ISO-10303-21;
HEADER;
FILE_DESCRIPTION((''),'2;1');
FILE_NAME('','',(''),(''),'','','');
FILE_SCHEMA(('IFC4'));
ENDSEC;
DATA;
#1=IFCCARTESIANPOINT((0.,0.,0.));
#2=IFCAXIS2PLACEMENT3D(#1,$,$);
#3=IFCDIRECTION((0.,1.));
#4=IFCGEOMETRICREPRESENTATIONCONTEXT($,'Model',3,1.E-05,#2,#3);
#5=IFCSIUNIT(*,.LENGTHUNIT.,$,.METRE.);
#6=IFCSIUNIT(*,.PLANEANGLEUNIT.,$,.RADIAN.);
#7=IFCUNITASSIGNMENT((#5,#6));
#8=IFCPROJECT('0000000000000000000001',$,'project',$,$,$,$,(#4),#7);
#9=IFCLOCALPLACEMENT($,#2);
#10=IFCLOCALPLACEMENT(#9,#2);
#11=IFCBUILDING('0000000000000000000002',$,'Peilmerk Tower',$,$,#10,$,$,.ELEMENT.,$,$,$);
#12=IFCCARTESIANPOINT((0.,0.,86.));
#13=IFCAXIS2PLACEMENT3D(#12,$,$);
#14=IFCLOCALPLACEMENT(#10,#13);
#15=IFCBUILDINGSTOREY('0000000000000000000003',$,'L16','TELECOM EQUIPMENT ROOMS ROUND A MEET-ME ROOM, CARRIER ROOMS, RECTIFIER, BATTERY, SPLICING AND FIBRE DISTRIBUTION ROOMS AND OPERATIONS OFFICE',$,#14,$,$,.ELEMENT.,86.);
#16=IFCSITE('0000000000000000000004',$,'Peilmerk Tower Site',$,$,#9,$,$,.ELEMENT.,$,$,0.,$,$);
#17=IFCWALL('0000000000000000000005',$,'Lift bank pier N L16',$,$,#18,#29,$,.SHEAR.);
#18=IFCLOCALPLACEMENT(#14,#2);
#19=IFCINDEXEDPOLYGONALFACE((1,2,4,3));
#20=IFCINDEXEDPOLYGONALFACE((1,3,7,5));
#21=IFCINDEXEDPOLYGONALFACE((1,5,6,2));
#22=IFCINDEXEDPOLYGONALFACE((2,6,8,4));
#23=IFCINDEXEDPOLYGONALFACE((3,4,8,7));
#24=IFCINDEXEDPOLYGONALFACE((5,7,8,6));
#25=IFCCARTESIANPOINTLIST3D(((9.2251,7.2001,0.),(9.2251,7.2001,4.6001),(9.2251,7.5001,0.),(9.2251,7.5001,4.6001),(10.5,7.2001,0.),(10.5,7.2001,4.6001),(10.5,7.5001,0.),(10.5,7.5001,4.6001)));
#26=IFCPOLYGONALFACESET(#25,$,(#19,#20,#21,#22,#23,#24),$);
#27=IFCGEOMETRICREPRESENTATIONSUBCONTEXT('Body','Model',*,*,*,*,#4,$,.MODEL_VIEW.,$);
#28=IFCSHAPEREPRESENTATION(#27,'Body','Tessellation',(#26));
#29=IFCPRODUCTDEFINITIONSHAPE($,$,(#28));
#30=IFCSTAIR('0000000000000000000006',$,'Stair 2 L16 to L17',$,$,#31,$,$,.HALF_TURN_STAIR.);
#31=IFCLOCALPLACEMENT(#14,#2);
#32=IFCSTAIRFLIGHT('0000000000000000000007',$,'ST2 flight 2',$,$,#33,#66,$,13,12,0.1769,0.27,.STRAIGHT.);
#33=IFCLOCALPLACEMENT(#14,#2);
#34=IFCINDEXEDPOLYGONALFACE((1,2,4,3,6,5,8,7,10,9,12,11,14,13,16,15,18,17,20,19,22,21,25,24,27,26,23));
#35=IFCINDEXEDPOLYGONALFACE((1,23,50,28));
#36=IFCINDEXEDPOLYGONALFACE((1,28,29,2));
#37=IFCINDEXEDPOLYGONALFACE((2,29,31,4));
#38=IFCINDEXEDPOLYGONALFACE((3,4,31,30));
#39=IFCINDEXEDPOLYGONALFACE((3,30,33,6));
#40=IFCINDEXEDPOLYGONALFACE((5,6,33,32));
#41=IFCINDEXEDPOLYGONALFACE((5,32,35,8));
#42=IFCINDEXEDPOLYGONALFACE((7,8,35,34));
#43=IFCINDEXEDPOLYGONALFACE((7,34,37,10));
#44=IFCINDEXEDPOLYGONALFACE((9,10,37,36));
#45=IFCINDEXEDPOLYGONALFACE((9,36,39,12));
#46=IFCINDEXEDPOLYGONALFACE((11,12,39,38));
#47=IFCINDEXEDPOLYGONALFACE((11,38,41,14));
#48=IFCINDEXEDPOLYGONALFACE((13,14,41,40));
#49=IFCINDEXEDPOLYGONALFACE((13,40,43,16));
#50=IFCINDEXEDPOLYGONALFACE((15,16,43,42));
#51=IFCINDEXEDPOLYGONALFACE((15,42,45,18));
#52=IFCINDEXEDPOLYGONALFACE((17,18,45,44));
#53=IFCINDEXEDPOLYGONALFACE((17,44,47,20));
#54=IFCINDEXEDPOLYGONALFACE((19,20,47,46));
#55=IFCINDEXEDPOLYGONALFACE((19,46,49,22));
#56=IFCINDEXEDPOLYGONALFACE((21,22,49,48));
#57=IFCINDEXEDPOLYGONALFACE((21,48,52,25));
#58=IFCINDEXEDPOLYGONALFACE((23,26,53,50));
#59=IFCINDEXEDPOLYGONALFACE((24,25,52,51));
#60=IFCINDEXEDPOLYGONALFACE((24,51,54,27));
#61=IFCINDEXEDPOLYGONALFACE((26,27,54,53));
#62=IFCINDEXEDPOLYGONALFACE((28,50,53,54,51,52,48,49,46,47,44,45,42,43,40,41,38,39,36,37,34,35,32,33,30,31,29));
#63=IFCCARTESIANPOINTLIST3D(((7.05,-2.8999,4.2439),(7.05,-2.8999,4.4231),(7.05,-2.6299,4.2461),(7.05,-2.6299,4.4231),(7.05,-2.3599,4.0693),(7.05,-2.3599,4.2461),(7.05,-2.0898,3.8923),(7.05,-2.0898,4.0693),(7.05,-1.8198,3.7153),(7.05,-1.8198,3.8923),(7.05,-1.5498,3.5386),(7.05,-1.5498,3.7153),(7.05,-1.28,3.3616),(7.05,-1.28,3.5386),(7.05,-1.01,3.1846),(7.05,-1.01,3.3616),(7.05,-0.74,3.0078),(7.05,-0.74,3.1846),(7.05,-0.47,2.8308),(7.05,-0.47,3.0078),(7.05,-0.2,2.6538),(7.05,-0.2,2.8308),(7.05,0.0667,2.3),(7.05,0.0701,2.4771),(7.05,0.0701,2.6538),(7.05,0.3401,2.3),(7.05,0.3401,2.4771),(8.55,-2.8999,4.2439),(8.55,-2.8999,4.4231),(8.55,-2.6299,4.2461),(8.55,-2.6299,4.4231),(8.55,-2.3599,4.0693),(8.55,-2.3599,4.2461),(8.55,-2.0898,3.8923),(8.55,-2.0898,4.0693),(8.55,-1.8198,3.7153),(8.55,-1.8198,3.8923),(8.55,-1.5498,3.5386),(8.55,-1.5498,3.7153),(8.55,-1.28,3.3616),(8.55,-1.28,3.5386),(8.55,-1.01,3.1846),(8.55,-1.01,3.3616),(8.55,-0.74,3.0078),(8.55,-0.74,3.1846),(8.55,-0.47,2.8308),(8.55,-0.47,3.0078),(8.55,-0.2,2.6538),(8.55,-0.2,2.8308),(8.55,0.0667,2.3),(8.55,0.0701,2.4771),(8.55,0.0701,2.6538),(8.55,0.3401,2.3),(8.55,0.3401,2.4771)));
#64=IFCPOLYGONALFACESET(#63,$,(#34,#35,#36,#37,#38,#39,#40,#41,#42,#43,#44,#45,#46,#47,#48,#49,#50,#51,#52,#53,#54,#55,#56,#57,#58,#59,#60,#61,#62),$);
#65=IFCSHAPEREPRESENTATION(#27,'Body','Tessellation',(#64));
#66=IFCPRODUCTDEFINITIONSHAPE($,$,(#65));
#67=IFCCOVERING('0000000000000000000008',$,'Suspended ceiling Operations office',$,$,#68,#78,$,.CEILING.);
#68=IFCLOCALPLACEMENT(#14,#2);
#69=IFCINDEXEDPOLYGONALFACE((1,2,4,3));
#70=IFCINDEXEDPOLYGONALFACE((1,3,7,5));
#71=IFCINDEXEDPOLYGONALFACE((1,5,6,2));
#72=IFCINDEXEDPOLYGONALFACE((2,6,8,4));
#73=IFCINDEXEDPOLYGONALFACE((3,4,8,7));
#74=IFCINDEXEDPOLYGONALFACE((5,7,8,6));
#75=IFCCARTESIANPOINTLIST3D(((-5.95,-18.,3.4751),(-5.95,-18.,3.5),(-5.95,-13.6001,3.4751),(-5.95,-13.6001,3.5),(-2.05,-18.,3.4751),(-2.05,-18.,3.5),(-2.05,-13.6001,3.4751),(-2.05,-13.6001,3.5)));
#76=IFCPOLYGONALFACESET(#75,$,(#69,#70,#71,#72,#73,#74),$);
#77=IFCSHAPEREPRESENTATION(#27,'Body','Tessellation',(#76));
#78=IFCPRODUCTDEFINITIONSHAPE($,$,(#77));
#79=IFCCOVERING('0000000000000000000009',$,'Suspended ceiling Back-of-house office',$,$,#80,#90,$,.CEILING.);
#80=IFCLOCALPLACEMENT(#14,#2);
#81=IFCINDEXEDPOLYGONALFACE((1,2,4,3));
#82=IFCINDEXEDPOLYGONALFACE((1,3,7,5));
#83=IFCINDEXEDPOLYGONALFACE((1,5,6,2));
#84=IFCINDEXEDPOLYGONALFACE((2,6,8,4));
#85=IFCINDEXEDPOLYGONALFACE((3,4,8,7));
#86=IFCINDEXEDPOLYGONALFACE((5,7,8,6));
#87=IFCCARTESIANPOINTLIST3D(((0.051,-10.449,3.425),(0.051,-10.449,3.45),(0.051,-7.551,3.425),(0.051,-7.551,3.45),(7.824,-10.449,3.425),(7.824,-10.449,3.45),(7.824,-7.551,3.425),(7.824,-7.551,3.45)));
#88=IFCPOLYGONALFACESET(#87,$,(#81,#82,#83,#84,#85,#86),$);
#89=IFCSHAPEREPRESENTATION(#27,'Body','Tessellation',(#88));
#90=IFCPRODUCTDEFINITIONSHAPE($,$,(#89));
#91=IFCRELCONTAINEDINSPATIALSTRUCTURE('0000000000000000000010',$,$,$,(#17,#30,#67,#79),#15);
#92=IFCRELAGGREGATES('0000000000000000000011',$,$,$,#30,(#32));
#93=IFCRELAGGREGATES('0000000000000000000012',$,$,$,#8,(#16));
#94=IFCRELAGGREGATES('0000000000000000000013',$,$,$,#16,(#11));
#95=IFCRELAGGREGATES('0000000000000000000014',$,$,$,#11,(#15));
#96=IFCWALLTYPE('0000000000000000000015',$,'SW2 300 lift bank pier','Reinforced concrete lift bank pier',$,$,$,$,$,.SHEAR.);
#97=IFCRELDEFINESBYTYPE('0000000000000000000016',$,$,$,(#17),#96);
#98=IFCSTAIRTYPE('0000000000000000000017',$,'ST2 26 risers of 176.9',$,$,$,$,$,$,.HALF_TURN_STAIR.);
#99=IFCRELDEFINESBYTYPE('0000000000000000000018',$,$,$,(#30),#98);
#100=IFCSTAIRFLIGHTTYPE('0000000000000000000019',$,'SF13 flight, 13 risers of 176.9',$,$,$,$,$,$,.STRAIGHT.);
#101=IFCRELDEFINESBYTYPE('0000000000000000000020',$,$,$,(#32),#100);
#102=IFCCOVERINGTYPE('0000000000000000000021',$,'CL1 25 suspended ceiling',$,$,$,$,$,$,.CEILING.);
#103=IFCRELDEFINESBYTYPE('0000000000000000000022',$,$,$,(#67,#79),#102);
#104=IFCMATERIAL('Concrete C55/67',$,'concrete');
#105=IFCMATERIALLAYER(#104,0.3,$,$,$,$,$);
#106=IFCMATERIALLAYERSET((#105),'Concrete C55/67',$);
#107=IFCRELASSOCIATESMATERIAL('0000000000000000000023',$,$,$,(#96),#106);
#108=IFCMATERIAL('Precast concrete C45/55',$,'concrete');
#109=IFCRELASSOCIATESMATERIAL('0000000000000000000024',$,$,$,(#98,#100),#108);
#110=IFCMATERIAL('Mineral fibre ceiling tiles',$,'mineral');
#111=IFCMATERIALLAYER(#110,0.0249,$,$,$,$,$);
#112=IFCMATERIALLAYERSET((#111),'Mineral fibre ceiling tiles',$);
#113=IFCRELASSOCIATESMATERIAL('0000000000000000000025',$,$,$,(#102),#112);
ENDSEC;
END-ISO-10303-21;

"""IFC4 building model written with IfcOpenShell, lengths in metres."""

from ifc_helpers import new_model, si_unit, direction, frame, frame_2d, origin, place, context, subcontext, project, spatial, polyline, rectangle, outline, extrude, material, layer, layer_set, type_object, element, aggregate, save


model = new_model("IFC4")

# Units and contexts
model_context = context("Model", 3, precision=1e-05, world=origin(), true_north=direction((0.0, 1.0)))
body_context = subcontext(model_context, "Body", "Model", "MODEL_VIEW")
ifc_project = project(units=[si_unit("LENGTHUNIT", "METRE"), si_unit("PLANEANGLEUNIT", "RADIAN")], contexts=[model_context])

# Site, building, storey
site_placement = place(None, origin())
site = spatial("IfcSite", under=ifc_project, at=site_placement, Name="Peilmerk Tower Site", CompositionType="ELEMENT", RefElevation=0.0)
building_placement = place(site_placement, origin())
building = spatial("IfcBuilding", under=site, at=building_placement, Name="Peilmerk Tower", CompositionType="ELEMENT")
storey_placement = place(building_placement, frame((0.0, 0.0, 86.0)))
storey = spatial("IfcBuildingStorey", under=building, at=storey_placement, Name="L16", Description="TELECOM EQUIPMENT ROOMS ROUND A MEET-ME ROOM, CARRIER ROOMS, RECTIFIER, BATTERY, SPLICING AND FIBRE DISTRIBUTION ROOMS AND OPERATIONS OFFICE", CompositionType="ELEMENT", Elevation=86.0)

# Wall
ifc_material_1 = material(Name="Concrete C55/67", Category="concrete")
ifc_layer_1 = layer(ifc_material_1, 0.3)
ifc_layer_set_1 = layer_set([ifc_layer_1], Name="Concrete C55/67")
wall_type_1 = type_object("IfcWallType", Name="SW2 300 lift bank pier", Description="Reinforced concrete lift bank pier", PredefinedType="SHEAR", material=ifc_layer_set_1)
wall_1_placement = place(storey_placement, frame((9.2251, 7.3501, 0.0), z_axis=(0.0, 0.0, 1.0), x_axis=(1.0, 0.0, 0.0)))
element("IfcWall", 1, at=wall_1_placement, inside=storey, type_object=wall_type_1, Name="Lift bank pier N L16", PredefinedType="SHEAR", context=body_context, shape_type="SweptSolid", body=[
    extrude(rectangle(XDim=1.2749, YDim=0.3, at=frame_2d((0.6375, 0.0))), origin(), (0.0, 0.0, 1.0), 4.6001),
])

# Stair, stair flight
ifc_material_2 = material(Name="Precast concrete C45/55", Category="concrete")
stair_type = type_object("IfcStairType", Name="ST2 26 risers of 176.9", PredefinedType="HALF_TURN_STAIR", material=ifc_material_2)
stair_placement = place(storey_placement, origin())
stair = element("IfcStair", 2, at=stair_placement, inside=storey, type_object=stair_type, Name="Stair 2 L16 to L17", PredefinedType="HALF_TURN_STAIR")
stair_flight_type = type_object("IfcStairFlightType", Name="SF13 flight, 13 risers of 176.9", PredefinedType="STRAIGHT", material=ifc_material_2)
stair_flight_placement = place(storey_placement, frame((7.8, 0.3401, 2.3), z_axis=(0.0, 0.0, 1.0), x_axis=(0.0, -1.0, 0.0)))
stair_flight = element("IfcStairFlight", 3, at=stair_flight_placement, type_object=stair_flight_type, Name="ST2 flight 2", NumberOfRisers=13, NumberOfTreads=12, PredefinedType="STRAIGHT", RiserHeight=0.1769, TreadLength=0.27, context=body_context, shape_type="SweptSolid", body=[
    extrude(outline(polyline([(0.0, 0.0), (0.0, 0.177), (0.27, 0.177), (0.27, 0.3538), (0.54, 0.3538), (0.54, 0.5308), (0.8101, 0.5308), (0.8101, 0.7078), (1.0801, 0.7078), (1.0801, 0.8845), (1.3501, 0.8845), (1.3501, 1.0615), (1.6201, 1.0615), (1.6201, 1.2385), (1.8899, 1.2385), (1.8899, 1.4153), (2.1599, 1.4153), (2.1599, 1.5923), (2.4299, 1.5923), (2.4299, 1.7693), (2.7, 1.7693), (2.7, 1.946), (2.97, 1.946), (2.97, 2.123), (3.24, 2.123), (3.24, 2.3), (3.24, 1.9438), (0.2734, 0.0), (0.0, 0.0)])), frame((0.0, 0.75, 0.0), z_axis=(0.0, -1.0, 0.0), x_axis=(1.0, 0.0, 0.0)), (0.0, 0.0, 1.0), 1.5),
])
aggregate(stair, [stair_flight])

# Coverings
ifc_material_3 = material(Name="Mineral fibre ceiling tiles", Category="mineral")
ifc_layer_2 = layer(ifc_material_3, 0.0249)
ifc_layer_set_2 = layer_set([ifc_layer_2], Name="Mineral fibre ceiling tiles")
covering_type_1 = type_object("IfcCoveringType", Name="CL1 25 suspended ceiling", PredefinedType="CEILING", material=ifc_layer_set_2)
covering_1_placement = place(storey_placement, frame((0.0, 0.0, 3.4751)))
element("IfcCovering", 4, at=covering_1_placement, inside=storey, type_object=covering_type_1, Name="Suspended ceiling Operations office", PredefinedType="CEILING", context=body_context, shape_type="SweptSolid", body=[
    extrude(outline(polyline([(-2.05, -18.0), (-2.05, -13.6001), (-5.95, -13.6001), (-5.95, -18.0), (-2.05, -18.0)])), origin(), (0.0, 0.0, 1.0), 0.0249),
])
covering_2_placement = place(storey_placement, frame((0.0, 0.0, 3.425)))
element("IfcCovering", 5, at=covering_2_placement, inside=storey, type_object=covering_type_1, Name="Suspended ceiling Back-of-house office", PredefinedType="CEILING", context=body_context, shape_type="SweptSolid", body=[
    extrude(outline(polyline([(0.051, -10.449), (7.824, -10.449), (7.824, -7.551), (0.051, -7.551), (0.051, -10.449)])), origin(), (0.0, 0.0, 1.0), 0.0249),
])

save(model, "model.ifc")
